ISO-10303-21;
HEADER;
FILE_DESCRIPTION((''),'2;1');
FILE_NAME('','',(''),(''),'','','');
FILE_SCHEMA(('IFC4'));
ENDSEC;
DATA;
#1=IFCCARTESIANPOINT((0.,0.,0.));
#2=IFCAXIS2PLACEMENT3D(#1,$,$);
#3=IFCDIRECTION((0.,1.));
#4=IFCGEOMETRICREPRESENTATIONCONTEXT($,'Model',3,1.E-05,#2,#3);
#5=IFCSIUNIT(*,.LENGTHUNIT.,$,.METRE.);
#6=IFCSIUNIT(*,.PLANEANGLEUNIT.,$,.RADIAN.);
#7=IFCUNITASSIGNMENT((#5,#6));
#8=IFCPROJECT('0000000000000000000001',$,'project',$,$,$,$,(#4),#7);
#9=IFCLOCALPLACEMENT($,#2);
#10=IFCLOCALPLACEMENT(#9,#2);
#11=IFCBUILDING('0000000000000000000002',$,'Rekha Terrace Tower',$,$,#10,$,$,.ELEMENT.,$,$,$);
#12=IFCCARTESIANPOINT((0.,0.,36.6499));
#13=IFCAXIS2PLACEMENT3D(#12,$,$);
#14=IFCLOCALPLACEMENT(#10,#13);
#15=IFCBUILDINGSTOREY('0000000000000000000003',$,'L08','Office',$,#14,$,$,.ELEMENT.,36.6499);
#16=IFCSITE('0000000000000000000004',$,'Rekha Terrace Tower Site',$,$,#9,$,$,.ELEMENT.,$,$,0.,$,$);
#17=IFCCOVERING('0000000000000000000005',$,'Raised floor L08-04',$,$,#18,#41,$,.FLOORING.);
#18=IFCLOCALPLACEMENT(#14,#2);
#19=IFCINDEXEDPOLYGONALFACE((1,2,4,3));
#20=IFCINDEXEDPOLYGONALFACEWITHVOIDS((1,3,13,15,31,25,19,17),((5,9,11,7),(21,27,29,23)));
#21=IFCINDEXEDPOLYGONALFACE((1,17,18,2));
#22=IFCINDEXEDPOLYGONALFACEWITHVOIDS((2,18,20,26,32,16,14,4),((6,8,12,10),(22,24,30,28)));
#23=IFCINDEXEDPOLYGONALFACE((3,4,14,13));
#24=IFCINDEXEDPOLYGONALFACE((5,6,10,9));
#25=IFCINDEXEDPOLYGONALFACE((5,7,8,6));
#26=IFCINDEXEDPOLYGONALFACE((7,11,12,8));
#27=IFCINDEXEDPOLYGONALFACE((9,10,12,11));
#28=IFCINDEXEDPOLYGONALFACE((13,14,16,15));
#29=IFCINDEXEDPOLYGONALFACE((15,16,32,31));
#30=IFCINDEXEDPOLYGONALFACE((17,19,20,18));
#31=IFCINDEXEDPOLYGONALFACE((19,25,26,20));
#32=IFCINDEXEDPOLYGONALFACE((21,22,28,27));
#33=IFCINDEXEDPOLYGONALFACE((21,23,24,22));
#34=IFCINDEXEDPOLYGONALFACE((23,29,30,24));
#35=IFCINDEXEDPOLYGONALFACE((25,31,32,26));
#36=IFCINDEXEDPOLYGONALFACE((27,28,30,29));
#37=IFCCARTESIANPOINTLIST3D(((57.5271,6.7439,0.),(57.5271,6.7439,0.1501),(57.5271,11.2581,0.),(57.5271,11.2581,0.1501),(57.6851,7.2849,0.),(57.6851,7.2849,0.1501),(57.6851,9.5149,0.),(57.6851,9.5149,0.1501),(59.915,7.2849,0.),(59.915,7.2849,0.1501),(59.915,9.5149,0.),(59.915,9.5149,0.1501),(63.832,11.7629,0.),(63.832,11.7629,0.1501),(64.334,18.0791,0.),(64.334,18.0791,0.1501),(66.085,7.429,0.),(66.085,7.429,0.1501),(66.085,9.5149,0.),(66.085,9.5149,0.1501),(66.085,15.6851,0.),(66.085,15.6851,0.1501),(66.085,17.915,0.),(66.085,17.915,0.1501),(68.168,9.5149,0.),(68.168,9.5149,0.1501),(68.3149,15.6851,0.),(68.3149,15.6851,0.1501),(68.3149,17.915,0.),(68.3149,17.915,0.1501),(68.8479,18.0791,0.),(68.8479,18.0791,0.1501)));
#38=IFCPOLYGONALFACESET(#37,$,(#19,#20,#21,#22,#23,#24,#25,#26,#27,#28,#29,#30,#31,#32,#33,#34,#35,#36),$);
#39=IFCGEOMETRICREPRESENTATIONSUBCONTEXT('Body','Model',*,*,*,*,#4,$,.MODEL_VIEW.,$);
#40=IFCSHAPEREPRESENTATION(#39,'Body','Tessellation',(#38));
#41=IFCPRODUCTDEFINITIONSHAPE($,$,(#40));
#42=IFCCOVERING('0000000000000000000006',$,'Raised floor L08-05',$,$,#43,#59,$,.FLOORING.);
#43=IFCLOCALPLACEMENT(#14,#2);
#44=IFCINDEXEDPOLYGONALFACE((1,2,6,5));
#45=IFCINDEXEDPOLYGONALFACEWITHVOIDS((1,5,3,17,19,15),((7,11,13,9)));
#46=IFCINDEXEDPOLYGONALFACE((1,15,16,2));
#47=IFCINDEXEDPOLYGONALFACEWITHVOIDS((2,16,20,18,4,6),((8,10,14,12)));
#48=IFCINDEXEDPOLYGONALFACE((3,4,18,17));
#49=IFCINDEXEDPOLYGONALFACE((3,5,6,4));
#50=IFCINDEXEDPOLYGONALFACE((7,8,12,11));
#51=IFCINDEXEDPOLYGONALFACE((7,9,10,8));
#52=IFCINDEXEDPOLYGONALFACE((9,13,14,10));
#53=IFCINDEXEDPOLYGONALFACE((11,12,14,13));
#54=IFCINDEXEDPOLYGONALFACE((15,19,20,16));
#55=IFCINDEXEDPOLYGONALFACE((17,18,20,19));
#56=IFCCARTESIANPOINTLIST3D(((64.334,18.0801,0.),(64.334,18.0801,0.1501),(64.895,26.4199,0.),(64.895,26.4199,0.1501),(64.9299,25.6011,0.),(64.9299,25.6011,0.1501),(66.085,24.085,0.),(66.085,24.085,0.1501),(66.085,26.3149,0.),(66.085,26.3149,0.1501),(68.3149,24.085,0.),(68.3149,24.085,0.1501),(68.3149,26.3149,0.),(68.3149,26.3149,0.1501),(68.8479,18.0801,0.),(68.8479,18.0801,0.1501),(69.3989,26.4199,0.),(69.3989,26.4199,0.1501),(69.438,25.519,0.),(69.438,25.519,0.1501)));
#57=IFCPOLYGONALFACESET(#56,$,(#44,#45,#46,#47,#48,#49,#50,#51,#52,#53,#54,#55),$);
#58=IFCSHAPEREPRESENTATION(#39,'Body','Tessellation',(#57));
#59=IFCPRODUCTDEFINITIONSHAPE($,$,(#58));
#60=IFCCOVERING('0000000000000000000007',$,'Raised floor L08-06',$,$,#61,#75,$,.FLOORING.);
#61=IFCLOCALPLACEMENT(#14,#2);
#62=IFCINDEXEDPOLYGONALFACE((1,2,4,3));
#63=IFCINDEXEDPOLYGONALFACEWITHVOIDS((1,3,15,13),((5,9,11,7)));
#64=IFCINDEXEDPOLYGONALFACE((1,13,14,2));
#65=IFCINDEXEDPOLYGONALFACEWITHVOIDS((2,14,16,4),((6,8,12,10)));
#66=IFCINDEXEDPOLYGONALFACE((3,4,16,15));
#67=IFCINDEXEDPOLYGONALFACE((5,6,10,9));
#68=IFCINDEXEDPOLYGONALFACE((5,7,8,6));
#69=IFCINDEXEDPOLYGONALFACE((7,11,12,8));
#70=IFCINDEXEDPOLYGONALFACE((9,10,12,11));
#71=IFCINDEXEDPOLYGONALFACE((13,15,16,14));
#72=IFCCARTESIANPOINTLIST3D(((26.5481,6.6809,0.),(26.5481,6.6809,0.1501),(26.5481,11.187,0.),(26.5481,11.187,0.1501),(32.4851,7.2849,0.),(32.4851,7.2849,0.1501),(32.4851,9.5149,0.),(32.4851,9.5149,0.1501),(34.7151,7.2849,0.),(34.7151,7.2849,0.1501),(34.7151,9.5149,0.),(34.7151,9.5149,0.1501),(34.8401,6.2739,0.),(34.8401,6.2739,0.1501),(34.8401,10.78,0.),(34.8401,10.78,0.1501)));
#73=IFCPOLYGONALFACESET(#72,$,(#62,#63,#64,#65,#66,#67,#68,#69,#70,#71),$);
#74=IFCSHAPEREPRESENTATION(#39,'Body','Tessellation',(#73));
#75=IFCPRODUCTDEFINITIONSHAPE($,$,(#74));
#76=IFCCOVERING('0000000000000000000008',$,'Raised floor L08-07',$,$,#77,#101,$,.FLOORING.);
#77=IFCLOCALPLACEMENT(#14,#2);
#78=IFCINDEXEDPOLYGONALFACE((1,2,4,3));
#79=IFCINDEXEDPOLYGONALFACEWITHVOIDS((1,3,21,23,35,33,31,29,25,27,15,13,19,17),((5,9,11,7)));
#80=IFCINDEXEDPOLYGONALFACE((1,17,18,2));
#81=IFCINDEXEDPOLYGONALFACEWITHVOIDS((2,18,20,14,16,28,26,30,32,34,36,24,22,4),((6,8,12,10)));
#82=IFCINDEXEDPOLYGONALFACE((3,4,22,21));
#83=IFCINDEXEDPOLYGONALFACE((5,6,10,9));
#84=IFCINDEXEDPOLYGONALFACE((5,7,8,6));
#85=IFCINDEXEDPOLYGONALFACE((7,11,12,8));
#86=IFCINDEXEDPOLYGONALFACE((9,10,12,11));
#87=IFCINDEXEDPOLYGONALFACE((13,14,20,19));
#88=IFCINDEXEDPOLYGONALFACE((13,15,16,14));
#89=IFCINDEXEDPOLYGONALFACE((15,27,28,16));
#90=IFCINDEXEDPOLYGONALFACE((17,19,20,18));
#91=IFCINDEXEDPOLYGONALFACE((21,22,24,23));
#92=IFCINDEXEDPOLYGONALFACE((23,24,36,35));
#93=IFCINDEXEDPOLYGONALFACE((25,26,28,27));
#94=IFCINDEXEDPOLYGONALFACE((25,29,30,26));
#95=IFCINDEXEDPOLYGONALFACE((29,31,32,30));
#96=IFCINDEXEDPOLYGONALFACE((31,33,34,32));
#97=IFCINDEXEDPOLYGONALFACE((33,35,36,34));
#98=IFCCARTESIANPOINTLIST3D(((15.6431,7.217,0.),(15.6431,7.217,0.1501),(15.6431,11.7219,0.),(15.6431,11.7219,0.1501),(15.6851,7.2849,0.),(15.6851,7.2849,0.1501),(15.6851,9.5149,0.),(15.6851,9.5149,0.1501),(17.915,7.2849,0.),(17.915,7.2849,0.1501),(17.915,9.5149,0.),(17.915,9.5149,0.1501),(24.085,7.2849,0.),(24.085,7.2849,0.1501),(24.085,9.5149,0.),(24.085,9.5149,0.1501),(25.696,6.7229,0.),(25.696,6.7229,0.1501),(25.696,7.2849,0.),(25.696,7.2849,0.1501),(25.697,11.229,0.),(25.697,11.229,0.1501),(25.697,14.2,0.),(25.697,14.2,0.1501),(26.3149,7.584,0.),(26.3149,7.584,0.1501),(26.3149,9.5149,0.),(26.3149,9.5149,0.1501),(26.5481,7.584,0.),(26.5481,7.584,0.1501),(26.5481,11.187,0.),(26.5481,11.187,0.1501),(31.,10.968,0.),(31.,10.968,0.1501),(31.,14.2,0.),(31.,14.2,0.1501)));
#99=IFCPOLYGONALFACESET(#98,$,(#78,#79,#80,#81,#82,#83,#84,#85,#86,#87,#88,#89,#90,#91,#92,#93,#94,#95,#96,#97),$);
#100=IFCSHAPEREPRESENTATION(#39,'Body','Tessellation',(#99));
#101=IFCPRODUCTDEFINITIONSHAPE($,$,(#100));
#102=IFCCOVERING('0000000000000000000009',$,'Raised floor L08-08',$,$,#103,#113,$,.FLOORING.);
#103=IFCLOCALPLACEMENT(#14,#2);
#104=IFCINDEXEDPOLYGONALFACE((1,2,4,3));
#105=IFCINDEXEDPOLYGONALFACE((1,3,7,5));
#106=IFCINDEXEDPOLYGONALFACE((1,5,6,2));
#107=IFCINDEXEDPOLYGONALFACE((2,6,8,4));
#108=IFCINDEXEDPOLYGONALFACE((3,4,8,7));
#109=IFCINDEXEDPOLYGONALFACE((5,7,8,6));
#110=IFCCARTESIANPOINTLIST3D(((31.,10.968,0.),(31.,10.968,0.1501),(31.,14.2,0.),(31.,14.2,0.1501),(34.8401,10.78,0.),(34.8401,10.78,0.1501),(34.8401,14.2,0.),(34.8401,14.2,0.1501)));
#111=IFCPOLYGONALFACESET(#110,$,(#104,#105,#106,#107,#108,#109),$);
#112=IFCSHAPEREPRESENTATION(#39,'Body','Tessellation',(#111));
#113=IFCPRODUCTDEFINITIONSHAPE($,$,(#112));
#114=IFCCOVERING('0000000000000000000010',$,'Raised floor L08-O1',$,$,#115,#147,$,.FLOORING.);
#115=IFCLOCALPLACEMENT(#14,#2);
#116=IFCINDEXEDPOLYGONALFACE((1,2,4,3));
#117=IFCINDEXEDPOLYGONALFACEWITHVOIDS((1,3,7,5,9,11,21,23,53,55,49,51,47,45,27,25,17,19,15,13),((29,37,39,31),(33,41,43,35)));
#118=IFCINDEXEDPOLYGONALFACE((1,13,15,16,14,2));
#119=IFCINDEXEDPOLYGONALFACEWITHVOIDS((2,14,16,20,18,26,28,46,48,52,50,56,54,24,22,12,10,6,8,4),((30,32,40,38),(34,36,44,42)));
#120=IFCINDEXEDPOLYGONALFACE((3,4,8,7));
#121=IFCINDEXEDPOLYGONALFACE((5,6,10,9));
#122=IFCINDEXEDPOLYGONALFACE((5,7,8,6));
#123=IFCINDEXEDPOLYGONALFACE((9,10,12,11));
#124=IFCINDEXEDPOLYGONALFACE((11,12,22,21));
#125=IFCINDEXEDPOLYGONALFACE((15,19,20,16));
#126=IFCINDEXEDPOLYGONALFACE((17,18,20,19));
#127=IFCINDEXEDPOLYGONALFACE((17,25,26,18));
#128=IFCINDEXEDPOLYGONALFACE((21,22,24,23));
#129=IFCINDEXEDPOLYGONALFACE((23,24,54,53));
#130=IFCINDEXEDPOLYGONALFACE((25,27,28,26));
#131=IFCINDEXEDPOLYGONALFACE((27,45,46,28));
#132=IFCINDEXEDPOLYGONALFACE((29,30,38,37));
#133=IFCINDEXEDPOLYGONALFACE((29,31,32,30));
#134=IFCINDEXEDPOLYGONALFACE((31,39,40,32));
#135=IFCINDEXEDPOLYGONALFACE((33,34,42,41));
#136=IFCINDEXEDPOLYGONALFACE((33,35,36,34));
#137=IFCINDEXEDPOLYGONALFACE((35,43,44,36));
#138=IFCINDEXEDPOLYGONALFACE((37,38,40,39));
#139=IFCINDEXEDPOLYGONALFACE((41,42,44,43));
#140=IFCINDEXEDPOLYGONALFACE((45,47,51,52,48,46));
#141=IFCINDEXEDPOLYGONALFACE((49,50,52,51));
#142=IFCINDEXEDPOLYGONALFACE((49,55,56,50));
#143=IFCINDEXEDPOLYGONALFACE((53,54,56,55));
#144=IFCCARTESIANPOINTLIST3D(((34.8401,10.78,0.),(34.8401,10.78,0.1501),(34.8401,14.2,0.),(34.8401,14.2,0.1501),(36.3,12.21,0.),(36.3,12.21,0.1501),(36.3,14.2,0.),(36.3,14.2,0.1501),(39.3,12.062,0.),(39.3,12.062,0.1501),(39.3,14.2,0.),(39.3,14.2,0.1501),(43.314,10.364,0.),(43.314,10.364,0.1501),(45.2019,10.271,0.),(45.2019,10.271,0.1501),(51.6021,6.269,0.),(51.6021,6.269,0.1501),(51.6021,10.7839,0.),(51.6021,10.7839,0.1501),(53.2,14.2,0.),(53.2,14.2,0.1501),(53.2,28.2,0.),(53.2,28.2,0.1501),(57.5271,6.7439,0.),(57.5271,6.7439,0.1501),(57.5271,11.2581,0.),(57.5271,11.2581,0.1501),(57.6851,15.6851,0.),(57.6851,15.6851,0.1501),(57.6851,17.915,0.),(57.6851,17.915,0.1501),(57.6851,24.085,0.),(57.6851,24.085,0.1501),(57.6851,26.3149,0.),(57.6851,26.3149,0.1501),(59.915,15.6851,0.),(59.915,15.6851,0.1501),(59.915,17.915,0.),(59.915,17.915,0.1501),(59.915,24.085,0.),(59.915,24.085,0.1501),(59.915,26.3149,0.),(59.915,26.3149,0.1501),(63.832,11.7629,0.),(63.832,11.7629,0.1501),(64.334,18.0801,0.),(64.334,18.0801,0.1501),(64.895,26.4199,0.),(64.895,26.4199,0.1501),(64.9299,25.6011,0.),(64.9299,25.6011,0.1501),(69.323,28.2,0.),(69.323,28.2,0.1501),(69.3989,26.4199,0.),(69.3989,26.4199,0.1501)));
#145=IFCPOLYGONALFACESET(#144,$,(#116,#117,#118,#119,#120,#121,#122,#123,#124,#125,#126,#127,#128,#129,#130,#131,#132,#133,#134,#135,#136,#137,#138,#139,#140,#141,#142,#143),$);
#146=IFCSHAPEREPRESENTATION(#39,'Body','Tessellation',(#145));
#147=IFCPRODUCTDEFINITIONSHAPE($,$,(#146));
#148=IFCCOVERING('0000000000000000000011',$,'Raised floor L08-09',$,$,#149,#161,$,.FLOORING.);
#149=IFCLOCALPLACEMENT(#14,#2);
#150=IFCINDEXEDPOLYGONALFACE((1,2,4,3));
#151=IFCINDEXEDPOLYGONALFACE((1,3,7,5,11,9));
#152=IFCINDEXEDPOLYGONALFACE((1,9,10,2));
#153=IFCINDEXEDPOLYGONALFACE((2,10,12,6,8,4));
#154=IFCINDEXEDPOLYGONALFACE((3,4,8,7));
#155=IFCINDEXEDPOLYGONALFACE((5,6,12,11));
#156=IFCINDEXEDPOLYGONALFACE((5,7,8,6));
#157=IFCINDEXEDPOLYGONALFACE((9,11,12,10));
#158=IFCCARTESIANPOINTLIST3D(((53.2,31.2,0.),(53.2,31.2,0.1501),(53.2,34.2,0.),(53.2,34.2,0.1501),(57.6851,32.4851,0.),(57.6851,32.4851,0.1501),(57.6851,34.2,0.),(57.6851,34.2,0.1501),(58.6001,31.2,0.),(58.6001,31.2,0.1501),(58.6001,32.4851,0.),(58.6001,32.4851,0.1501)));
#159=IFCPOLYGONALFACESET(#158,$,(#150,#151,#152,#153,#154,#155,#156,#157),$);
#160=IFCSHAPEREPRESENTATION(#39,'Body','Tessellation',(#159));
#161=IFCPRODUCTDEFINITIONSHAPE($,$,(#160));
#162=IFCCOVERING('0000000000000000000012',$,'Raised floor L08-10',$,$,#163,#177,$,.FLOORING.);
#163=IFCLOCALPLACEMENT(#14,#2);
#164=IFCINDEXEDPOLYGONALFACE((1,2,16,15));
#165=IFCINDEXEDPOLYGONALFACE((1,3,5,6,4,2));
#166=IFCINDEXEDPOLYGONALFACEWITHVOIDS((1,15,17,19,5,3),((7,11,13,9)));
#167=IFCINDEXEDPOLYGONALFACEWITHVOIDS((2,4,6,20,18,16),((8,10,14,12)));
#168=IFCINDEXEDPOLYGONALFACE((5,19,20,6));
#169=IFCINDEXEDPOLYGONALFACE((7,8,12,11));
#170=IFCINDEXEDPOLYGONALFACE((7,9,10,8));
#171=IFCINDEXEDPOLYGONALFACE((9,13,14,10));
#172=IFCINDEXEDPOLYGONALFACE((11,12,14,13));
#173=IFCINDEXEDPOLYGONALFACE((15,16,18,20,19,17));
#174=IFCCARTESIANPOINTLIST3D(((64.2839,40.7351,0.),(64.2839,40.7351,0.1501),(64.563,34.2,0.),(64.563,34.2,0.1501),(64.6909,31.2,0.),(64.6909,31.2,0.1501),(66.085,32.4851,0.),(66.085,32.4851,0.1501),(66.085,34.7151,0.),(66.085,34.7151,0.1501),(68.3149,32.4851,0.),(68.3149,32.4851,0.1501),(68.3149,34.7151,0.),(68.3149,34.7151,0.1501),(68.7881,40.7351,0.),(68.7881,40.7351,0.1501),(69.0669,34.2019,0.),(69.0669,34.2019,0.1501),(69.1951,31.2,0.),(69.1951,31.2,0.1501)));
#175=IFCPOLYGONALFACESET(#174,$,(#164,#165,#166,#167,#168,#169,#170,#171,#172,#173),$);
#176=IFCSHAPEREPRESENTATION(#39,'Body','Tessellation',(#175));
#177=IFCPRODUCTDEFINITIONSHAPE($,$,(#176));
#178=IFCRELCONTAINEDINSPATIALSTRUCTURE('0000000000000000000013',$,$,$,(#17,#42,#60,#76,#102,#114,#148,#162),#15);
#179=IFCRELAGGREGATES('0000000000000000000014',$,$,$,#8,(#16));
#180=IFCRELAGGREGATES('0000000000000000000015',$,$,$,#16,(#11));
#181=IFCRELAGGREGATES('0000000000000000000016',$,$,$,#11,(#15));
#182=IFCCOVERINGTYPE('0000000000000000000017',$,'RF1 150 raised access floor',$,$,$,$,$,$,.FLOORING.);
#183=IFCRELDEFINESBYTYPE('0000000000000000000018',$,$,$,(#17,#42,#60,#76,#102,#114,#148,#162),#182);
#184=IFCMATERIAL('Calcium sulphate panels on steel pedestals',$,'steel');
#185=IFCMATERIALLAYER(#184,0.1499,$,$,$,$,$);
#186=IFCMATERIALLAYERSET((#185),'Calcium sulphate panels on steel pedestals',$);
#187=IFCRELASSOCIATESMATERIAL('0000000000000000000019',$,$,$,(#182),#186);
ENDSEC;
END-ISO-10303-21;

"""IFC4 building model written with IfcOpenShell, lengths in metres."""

from ifc_helpers import new_model, si_unit, direction, frame, origin, place, context, subcontext, project, spatial, polyline, outline, extrude, material, layer, layer_set, type_object, element, save


model = new_model("IFC4")

# Units and contexts
model_context = context("Model", 3, precision=1e-05, world=origin(), true_north=direction((0.0, 1.0)))
body_context = subcontext(model_context, "Body", "Model", "MODEL_VIEW")
ifc_project = project(units=[si_unit("LENGTHUNIT", "METRE"), si_unit("PLANEANGLEUNIT", "RADIAN")], contexts=[model_context])

# Site, building, storey
site_placement = place(None, origin())
site = spatial("IfcSite", under=ifc_project, at=site_placement, Name="Rekha Terrace Tower Site", CompositionType="ELEMENT", RefElevation=0.0)
building_placement = place(site_placement, origin())
building = spatial("IfcBuilding", under=site, at=building_placement, Name="Rekha Terrace Tower", CompositionType="ELEMENT")
storey_placement = place(building_placement, frame((0.0, 0.0, 36.6499)))
storey = spatial("IfcBuildingStorey", under=building, at=storey_placement, Name="L08", Description="Office", CompositionType="ELEMENT", Elevation=36.6499)

# Coverings
ifc_material_1 = material(Name="Calcium sulphate panels on steel pedestals", Category="steel")
ifc_layer_1 = layer(ifc_material_1, 0.1499)
ifc_layer_set_1 = layer_set([ifc_layer_1], Name="Calcium sulphate panels on steel pedestals")
covering_type_1 = type_object("IfcCoveringType", Name="RF1 150 raised access floor", PredefinedType="FLOORING", material=ifc_layer_set_1)
covering_1_placement = place(storey_placement, origin())
element("IfcCovering", 1, at=covering_1_placement, inside=storey, type_object=covering_type_1, Name="Raised floor L08-04", PredefinedType="FLOORING", context=body_context, shape_type="SweptSolid", body=[
    extrude(outline(polyline([(63.832, 11.7629), (57.5271, 11.2581), (57.5271, 6.7439), (66.085, 7.429), (66.085, 9.5149), (68.168, 9.5149), (68.8479, 18.0791), (64.334, 18.0791), (63.832, 11.7629)]), holes=[polyline([(68.3149, 15.6851), (66.085, 15.6851), (66.085, 17.915), (68.3149, 17.915), (68.3149, 15.6851)]), polyline([(59.915, 7.2849), (57.6851, 7.2849), (57.6851, 9.5149), (59.915, 9.5149), (59.915, 7.2849)])]), origin(), (0.0, 0.0, 1.0), 0.1501),
])
covering_2_placement = place(storey_placement, origin())
element("IfcCovering", 2, at=covering_2_placement, inside=storey, type_object=covering_type_1, Name="Raised floor L08-05", PredefinedType="FLOORING", context=body_context, shape_type="SweptSolid", body=[
    extrude(outline(polyline([(64.9299, 25.6011), (64.334, 18.0801), (68.8479, 18.0801), (69.438, 25.519), (69.3989, 26.4199), (64.895, 26.4199), (64.9299, 25.6011)]), holes=[polyline([(68.3149, 24.085), (66.085, 24.085), (66.085, 26.3149), (68.3149, 26.3149), (68.3149, 24.085)])]), origin(), (0.0, 0.0, 1.0), 0.1501),
])
covering_3_placement = place(storey_placement, origin())
element("IfcCovering", 3, at=covering_3_placement, inside=storey, type_object=covering_type_1, Name="Raised floor L08-06", PredefinedType="FLOORING", context=body_context, shape_type="SweptSolid", body=[
    extrude(outline(polyline([(34.8401, 6.2739), (34.8401, 10.78), (26.5481, 11.187), (26.5481, 6.6809), (34.8401, 6.2739)]), holes=[polyline([(34.7151, 7.2849), (32.4851, 7.2849), (32.4851, 9.5149), (34.7151, 9.5149), (34.7151, 7.2849)])]), origin(), (0.0, 0.0, 1.0), 0.1501),
])
covering_4_placement = place(storey_placement, origin())
element("IfcCovering", 4, at=covering_4_placement, inside=storey, type_object=covering_type_1, Name="Raised floor L08-07", PredefinedType="FLOORING", context=body_context, shape_type="SweptSolid", body=[
    extrude(outline(polyline([(25.697, 14.2), (25.697, 11.229), (15.6431, 11.7219), (15.6431, 7.217), (25.696, 6.7229), (25.696, 7.2849), (24.085, 7.2849), (24.085, 9.5149), (26.3149, 9.5149), (26.3149, 7.584), (26.5481, 7.584), (26.5481, 11.187), (31.0, 10.968), (31.0, 14.2), (25.697, 14.2)]), holes=[polyline([(17.915, 7.2849), (15.6851, 7.2849), (15.6851, 9.5149), (17.915, 9.5149), (17.915, 7.2849)])]), origin(), (0.0, 0.0, 1.0), 0.1501),
])
covering_5_placement = place(storey_placement, origin())
element("IfcCovering", 5, at=covering_5_placement, inside=storey, type_object=covering_type_1, Name="Raised floor L08-08", PredefinedType="FLOORING", context=body_context, shape_type="SweptSolid", body=[
    extrude(outline(polyline([(34.8401, 10.78), (34.8401, 14.2), (31.0, 14.2), (31.0, 10.968), (34.8401, 10.78)])), origin(), (0.0, 0.0, 1.0), 0.1501),
])
covering_6_placement = place(storey_placement, origin())
element("IfcCovering", 6, at=covering_6_placement, inside=storey, type_object=covering_type_1, Name="Raised floor L08-O1", PredefinedType="FLOORING", context=body_context, shape_type="SweptSolid", body=[
    extrude(outline(polyline([(34.8401, 14.2), (34.8401, 10.78), (43.314, 10.364), (45.2019, 10.271), (51.6021, 10.7839), (51.6021, 6.269), (57.5271, 6.7439), (57.5271, 11.2581), (63.832, 11.7629), (64.334, 18.0801), (64.9299, 25.6011), (64.895, 26.4199), (69.3989, 26.4199), (69.323, 28.2), (53.2, 28.2), (53.2, 14.2), (39.3, 14.2), (39.3, 12.062), (36.3, 12.21), (36.3, 14.2), (34.8401, 14.2)]), holes=[polyline([(59.915, 17.915), (59.915, 15.6851), (57.6851, 15.6851), (57.6851, 17.915), (59.915, 17.915)]), polyline([(59.915, 24.085), (57.6851, 24.085), (57.6851, 26.3149), (59.915, 26.3149), (59.915, 24.085)])]), origin(), (0.0, 0.0, 1.0), 0.1501),
])
covering_7_placement = place(storey_placement, origin())
element("IfcCovering", 7, at=covering_7_placement, inside=storey, type_object=covering_type_1, Name="Raised floor L08-09", PredefinedType="FLOORING", context=body_context, shape_type="SweptSolid", body=[
    extrude(outline(polyline([(53.2, 31.2), (58.6001, 31.2), (58.6001, 32.4851), (57.6851, 32.4851), (57.6851, 34.2), (53.2, 34.2), (53.2, 31.2)])), origin(), (0.0, 0.0, 1.0), 0.1501),
])
covering_8_placement = place(storey_placement, origin())
element("IfcCovering", 8, at=covering_8_placement, inside=storey, type_object=covering_type_1, Name="Raised floor L08-10", PredefinedType="FLOORING", context=body_context, shape_type="SweptSolid", body=[
    extrude(outline(polyline([(69.0669, 34.2019), (68.7881, 40.7351), (64.2839, 40.7351), (64.563, 34.2), (64.6909, 31.2), (69.1951, 31.2), (69.0669, 34.2019)]), holes=[polyline([(68.3149, 32.4851), (66.085, 32.4851), (66.085, 34.7151), (68.3149, 34.7151), (68.3149, 32.4851)])]), origin(), (0.0, 0.0, 1.0), 0.1501),
])

save(model, "model.ifc")
